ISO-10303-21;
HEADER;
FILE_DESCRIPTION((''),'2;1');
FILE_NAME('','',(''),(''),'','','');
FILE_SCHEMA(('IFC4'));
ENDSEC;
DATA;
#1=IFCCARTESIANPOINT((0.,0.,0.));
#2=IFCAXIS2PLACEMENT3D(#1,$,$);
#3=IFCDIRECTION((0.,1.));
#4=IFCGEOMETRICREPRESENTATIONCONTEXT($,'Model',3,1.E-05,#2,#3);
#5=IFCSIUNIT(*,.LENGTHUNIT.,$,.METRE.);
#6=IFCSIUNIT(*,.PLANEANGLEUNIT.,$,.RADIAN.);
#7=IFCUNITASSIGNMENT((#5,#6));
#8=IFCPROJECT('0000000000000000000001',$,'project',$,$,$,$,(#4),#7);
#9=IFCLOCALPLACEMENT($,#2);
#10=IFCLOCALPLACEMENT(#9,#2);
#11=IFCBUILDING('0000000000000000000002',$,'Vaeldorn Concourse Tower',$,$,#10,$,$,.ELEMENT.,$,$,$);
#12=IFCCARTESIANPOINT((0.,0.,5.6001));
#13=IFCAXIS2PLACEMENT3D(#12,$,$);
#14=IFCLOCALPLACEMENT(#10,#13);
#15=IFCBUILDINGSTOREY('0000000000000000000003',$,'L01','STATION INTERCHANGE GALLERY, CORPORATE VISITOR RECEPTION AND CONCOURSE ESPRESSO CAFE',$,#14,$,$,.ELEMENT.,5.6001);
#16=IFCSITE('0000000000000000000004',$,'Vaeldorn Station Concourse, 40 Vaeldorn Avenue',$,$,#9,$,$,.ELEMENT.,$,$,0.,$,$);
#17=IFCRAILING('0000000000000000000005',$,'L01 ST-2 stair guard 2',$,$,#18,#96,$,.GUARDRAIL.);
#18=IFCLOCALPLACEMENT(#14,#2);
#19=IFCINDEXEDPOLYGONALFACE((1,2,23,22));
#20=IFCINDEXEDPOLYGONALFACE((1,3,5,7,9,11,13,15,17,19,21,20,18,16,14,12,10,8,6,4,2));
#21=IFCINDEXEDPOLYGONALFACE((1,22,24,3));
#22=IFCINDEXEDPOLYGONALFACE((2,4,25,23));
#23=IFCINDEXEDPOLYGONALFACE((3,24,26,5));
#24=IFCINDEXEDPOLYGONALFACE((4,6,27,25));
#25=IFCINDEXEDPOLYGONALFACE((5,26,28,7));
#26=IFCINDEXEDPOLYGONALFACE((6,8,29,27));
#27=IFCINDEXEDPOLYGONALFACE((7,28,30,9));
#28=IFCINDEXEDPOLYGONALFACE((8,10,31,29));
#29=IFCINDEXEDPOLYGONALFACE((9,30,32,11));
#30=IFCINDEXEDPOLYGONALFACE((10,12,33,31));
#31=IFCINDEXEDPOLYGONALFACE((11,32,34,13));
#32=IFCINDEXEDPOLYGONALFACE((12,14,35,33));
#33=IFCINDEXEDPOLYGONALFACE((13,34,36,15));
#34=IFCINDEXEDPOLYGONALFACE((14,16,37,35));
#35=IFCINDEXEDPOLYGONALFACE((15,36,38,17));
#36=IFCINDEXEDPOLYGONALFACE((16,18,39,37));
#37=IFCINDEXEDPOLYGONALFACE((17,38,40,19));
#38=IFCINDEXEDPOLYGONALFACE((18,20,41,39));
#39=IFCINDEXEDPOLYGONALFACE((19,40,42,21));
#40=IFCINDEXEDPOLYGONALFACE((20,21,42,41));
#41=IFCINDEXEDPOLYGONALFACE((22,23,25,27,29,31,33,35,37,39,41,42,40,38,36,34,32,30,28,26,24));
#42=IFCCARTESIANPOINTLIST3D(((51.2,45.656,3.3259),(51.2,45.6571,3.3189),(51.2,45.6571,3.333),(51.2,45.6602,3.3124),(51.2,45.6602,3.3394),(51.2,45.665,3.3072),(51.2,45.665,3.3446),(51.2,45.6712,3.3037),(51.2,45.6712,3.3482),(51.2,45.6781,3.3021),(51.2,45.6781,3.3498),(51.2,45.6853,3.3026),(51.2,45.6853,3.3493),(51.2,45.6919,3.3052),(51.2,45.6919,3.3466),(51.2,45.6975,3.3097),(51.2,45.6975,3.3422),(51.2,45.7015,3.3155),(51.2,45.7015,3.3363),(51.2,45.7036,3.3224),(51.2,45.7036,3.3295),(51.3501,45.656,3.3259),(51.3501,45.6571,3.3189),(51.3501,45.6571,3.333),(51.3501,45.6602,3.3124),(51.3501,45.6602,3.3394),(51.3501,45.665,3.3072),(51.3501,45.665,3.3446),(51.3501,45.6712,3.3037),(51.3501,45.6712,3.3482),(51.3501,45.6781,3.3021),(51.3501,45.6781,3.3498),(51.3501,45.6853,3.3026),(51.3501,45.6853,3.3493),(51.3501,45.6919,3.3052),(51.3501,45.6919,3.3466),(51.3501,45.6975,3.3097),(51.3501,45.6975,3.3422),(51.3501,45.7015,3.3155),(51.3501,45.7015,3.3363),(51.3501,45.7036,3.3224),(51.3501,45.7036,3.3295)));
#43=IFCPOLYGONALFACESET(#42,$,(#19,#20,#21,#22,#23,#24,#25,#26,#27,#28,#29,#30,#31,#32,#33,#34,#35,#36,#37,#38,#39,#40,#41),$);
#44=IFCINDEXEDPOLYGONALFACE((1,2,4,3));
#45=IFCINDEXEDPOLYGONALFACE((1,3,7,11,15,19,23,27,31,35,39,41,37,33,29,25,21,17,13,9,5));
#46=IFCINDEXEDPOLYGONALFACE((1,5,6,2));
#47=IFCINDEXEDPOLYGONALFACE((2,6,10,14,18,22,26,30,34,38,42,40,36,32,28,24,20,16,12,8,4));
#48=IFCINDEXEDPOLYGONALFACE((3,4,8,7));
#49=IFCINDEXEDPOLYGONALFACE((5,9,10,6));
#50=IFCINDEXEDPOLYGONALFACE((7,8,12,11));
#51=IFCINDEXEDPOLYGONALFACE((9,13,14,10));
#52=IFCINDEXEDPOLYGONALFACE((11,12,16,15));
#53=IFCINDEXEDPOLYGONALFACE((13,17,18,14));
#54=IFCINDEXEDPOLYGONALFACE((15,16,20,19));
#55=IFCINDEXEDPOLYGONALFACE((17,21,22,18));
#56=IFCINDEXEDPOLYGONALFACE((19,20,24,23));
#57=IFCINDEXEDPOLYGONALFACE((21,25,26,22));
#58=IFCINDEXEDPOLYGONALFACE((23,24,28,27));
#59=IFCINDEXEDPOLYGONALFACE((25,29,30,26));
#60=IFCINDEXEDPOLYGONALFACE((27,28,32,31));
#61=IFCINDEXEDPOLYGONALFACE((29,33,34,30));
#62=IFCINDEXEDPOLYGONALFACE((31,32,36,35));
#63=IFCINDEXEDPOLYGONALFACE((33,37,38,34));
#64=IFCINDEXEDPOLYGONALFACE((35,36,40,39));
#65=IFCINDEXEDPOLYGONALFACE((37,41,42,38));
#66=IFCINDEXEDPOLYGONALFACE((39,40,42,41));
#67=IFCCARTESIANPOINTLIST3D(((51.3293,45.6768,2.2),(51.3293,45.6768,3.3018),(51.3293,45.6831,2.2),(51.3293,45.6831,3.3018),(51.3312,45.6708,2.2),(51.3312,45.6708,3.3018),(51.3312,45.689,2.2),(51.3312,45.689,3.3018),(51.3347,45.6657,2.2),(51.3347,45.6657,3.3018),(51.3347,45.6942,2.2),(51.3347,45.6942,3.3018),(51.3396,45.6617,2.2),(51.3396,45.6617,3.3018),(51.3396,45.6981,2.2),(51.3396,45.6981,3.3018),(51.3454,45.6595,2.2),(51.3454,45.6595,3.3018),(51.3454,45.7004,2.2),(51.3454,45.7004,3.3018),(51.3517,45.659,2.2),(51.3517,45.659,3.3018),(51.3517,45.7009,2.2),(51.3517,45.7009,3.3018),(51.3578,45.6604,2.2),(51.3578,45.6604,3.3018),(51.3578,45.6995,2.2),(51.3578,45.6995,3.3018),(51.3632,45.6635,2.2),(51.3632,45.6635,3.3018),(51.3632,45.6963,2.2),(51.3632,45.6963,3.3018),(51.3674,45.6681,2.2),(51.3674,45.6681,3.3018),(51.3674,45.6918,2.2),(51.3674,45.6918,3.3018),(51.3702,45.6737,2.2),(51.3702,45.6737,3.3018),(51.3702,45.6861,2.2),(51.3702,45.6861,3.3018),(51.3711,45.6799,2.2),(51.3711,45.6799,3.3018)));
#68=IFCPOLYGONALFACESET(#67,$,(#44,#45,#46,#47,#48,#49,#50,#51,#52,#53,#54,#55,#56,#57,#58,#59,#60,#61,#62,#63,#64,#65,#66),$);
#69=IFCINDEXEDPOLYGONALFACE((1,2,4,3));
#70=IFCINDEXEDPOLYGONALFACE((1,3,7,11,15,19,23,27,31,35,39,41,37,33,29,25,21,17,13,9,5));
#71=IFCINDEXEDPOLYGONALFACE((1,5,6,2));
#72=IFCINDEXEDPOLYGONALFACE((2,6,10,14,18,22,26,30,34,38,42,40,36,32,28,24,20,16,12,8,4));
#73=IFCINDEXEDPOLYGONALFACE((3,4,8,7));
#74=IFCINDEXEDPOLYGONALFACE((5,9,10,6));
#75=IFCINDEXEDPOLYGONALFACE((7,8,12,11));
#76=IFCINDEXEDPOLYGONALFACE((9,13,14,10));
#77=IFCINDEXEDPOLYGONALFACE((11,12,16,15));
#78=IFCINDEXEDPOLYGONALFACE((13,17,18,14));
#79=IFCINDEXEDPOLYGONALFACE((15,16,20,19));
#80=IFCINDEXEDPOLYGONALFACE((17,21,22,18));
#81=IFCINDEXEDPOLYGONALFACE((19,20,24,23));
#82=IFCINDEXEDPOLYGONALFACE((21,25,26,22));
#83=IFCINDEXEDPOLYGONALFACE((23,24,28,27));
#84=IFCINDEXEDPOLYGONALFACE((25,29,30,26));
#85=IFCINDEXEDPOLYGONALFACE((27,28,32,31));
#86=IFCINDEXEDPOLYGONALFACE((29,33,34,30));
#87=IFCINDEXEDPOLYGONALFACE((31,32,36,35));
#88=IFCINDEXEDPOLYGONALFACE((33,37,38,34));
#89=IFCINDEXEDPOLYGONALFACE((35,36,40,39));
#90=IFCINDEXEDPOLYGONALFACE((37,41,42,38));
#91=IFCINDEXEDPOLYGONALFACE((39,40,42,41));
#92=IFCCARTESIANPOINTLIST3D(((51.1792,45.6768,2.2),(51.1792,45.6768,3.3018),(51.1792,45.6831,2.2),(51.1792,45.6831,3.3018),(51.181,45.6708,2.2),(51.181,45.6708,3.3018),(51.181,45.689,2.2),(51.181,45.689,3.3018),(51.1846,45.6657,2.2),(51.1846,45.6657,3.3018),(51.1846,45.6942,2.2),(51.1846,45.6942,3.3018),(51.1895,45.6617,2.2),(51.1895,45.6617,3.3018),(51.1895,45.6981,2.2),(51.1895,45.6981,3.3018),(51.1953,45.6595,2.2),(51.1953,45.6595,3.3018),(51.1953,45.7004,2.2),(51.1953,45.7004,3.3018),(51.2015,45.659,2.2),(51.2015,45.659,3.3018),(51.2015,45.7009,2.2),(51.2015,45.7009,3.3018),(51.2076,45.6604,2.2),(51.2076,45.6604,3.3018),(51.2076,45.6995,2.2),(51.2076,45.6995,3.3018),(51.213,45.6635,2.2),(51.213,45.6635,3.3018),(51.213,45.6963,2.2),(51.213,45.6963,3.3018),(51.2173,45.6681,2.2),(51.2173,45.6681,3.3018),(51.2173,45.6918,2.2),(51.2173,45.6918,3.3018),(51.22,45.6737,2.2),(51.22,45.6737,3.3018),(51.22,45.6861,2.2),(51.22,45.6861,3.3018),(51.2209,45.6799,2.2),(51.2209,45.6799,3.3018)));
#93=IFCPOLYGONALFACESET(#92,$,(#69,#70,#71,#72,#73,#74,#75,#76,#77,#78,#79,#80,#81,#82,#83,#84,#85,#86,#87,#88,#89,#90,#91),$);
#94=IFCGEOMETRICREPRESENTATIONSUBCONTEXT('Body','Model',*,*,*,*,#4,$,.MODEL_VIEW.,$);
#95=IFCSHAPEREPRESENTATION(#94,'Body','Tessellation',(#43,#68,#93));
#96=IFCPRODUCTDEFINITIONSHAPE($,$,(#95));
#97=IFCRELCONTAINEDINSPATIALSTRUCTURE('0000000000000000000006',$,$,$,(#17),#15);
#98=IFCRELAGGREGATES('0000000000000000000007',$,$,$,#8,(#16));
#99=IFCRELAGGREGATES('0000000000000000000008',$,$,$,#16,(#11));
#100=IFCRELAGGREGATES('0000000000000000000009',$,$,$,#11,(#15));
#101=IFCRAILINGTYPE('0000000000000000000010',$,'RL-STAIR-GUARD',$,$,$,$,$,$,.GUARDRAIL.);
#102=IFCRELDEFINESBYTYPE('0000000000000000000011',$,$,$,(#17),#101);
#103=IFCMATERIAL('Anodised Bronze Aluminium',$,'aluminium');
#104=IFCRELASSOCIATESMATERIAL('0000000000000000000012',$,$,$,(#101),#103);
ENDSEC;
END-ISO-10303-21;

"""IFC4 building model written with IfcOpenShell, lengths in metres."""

from ifc_helpers import new_model, si_unit, direction, frame, origin, origin_2d, place, context, subcontext, project, spatial, circle, extrude, material, type_object, element, save


model = new_model("IFC4")

# Units and contexts
model_context = context("Model", 3, precision=1e-05, world=origin(), true_north=direction((0.0, 1.0)))
body_context = subcontext(model_context, "Body", "Model", "MODEL_VIEW")
ifc_project = project(units=[si_unit("LENGTHUNIT", "METRE"), si_unit("PLANEANGLEUNIT", "RADIAN")], contexts=[model_context])

# Site, building, storey
site_placement = place(None, origin())
site = spatial("IfcSite", under=ifc_project, at=site_placement, Name="Vaeldorn Station Concourse, 40 Vaeldorn Avenue", CompositionType="ELEMENT", RefElevation=0.0)
building_placement = place(site_placement, origin())
building = spatial("IfcBuilding", under=site, at=building_placement, Name="Vaeldorn Concourse Tower", CompositionType="ELEMENT")
storey_placement = place(building_placement, frame((0.0, 0.0, 5.6001)))
storey = spatial("IfcBuildingStorey", under=building, at=storey_placement, Name="L01", Description="STATION INTERCHANGE GALLERY, CORPORATE VISITOR RECEPTION AND CONCOURSE ESPRESSO CAFE", CompositionType="ELEMENT", Elevation=5.6001)

# Shared definitions
ifc_material_1 = material(Name="Anodised Bronze Aluminium", Category="aluminium")

# Railing
railing_type_1 = type_object("IfcRailingType", Name="RL-STAIR-GUARD", PredefinedType="GUARDRAIL", material=ifc_material_1)
railing_1_placement = place(storey_placement, frame((51.3501, 45.6799, 2.2)))
element("IfcRailing", 1, at=railing_1_placement, inside=storey, type_object=railing_type_1, Name="L01 ST-2 stair guard 2", PredefinedType="GUARDRAIL", context=body_context, shape_type="SweptSolid", body=[
    extrude(circle(Radius=0.0239, at=origin_2d()), frame((0.0, 0.0, 1.126), z_axis=(-1.0, 0.0, 0.0), x_axis=(0.0, -1.0, 0.0)), (0.0, 0.0, 1.0), 0.1501),
    extrude(circle(Radius=0.021, at=origin_2d()), origin(), (0.0, 0.0, 1.0), 1.1018),
    extrude(circle(Radius=0.021, at=origin_2d()), frame((-0.1501, 0.0, 0.0)), (0.0, 0.0, 1.0), 1.1018),
])

save(model, "model.ifc")
